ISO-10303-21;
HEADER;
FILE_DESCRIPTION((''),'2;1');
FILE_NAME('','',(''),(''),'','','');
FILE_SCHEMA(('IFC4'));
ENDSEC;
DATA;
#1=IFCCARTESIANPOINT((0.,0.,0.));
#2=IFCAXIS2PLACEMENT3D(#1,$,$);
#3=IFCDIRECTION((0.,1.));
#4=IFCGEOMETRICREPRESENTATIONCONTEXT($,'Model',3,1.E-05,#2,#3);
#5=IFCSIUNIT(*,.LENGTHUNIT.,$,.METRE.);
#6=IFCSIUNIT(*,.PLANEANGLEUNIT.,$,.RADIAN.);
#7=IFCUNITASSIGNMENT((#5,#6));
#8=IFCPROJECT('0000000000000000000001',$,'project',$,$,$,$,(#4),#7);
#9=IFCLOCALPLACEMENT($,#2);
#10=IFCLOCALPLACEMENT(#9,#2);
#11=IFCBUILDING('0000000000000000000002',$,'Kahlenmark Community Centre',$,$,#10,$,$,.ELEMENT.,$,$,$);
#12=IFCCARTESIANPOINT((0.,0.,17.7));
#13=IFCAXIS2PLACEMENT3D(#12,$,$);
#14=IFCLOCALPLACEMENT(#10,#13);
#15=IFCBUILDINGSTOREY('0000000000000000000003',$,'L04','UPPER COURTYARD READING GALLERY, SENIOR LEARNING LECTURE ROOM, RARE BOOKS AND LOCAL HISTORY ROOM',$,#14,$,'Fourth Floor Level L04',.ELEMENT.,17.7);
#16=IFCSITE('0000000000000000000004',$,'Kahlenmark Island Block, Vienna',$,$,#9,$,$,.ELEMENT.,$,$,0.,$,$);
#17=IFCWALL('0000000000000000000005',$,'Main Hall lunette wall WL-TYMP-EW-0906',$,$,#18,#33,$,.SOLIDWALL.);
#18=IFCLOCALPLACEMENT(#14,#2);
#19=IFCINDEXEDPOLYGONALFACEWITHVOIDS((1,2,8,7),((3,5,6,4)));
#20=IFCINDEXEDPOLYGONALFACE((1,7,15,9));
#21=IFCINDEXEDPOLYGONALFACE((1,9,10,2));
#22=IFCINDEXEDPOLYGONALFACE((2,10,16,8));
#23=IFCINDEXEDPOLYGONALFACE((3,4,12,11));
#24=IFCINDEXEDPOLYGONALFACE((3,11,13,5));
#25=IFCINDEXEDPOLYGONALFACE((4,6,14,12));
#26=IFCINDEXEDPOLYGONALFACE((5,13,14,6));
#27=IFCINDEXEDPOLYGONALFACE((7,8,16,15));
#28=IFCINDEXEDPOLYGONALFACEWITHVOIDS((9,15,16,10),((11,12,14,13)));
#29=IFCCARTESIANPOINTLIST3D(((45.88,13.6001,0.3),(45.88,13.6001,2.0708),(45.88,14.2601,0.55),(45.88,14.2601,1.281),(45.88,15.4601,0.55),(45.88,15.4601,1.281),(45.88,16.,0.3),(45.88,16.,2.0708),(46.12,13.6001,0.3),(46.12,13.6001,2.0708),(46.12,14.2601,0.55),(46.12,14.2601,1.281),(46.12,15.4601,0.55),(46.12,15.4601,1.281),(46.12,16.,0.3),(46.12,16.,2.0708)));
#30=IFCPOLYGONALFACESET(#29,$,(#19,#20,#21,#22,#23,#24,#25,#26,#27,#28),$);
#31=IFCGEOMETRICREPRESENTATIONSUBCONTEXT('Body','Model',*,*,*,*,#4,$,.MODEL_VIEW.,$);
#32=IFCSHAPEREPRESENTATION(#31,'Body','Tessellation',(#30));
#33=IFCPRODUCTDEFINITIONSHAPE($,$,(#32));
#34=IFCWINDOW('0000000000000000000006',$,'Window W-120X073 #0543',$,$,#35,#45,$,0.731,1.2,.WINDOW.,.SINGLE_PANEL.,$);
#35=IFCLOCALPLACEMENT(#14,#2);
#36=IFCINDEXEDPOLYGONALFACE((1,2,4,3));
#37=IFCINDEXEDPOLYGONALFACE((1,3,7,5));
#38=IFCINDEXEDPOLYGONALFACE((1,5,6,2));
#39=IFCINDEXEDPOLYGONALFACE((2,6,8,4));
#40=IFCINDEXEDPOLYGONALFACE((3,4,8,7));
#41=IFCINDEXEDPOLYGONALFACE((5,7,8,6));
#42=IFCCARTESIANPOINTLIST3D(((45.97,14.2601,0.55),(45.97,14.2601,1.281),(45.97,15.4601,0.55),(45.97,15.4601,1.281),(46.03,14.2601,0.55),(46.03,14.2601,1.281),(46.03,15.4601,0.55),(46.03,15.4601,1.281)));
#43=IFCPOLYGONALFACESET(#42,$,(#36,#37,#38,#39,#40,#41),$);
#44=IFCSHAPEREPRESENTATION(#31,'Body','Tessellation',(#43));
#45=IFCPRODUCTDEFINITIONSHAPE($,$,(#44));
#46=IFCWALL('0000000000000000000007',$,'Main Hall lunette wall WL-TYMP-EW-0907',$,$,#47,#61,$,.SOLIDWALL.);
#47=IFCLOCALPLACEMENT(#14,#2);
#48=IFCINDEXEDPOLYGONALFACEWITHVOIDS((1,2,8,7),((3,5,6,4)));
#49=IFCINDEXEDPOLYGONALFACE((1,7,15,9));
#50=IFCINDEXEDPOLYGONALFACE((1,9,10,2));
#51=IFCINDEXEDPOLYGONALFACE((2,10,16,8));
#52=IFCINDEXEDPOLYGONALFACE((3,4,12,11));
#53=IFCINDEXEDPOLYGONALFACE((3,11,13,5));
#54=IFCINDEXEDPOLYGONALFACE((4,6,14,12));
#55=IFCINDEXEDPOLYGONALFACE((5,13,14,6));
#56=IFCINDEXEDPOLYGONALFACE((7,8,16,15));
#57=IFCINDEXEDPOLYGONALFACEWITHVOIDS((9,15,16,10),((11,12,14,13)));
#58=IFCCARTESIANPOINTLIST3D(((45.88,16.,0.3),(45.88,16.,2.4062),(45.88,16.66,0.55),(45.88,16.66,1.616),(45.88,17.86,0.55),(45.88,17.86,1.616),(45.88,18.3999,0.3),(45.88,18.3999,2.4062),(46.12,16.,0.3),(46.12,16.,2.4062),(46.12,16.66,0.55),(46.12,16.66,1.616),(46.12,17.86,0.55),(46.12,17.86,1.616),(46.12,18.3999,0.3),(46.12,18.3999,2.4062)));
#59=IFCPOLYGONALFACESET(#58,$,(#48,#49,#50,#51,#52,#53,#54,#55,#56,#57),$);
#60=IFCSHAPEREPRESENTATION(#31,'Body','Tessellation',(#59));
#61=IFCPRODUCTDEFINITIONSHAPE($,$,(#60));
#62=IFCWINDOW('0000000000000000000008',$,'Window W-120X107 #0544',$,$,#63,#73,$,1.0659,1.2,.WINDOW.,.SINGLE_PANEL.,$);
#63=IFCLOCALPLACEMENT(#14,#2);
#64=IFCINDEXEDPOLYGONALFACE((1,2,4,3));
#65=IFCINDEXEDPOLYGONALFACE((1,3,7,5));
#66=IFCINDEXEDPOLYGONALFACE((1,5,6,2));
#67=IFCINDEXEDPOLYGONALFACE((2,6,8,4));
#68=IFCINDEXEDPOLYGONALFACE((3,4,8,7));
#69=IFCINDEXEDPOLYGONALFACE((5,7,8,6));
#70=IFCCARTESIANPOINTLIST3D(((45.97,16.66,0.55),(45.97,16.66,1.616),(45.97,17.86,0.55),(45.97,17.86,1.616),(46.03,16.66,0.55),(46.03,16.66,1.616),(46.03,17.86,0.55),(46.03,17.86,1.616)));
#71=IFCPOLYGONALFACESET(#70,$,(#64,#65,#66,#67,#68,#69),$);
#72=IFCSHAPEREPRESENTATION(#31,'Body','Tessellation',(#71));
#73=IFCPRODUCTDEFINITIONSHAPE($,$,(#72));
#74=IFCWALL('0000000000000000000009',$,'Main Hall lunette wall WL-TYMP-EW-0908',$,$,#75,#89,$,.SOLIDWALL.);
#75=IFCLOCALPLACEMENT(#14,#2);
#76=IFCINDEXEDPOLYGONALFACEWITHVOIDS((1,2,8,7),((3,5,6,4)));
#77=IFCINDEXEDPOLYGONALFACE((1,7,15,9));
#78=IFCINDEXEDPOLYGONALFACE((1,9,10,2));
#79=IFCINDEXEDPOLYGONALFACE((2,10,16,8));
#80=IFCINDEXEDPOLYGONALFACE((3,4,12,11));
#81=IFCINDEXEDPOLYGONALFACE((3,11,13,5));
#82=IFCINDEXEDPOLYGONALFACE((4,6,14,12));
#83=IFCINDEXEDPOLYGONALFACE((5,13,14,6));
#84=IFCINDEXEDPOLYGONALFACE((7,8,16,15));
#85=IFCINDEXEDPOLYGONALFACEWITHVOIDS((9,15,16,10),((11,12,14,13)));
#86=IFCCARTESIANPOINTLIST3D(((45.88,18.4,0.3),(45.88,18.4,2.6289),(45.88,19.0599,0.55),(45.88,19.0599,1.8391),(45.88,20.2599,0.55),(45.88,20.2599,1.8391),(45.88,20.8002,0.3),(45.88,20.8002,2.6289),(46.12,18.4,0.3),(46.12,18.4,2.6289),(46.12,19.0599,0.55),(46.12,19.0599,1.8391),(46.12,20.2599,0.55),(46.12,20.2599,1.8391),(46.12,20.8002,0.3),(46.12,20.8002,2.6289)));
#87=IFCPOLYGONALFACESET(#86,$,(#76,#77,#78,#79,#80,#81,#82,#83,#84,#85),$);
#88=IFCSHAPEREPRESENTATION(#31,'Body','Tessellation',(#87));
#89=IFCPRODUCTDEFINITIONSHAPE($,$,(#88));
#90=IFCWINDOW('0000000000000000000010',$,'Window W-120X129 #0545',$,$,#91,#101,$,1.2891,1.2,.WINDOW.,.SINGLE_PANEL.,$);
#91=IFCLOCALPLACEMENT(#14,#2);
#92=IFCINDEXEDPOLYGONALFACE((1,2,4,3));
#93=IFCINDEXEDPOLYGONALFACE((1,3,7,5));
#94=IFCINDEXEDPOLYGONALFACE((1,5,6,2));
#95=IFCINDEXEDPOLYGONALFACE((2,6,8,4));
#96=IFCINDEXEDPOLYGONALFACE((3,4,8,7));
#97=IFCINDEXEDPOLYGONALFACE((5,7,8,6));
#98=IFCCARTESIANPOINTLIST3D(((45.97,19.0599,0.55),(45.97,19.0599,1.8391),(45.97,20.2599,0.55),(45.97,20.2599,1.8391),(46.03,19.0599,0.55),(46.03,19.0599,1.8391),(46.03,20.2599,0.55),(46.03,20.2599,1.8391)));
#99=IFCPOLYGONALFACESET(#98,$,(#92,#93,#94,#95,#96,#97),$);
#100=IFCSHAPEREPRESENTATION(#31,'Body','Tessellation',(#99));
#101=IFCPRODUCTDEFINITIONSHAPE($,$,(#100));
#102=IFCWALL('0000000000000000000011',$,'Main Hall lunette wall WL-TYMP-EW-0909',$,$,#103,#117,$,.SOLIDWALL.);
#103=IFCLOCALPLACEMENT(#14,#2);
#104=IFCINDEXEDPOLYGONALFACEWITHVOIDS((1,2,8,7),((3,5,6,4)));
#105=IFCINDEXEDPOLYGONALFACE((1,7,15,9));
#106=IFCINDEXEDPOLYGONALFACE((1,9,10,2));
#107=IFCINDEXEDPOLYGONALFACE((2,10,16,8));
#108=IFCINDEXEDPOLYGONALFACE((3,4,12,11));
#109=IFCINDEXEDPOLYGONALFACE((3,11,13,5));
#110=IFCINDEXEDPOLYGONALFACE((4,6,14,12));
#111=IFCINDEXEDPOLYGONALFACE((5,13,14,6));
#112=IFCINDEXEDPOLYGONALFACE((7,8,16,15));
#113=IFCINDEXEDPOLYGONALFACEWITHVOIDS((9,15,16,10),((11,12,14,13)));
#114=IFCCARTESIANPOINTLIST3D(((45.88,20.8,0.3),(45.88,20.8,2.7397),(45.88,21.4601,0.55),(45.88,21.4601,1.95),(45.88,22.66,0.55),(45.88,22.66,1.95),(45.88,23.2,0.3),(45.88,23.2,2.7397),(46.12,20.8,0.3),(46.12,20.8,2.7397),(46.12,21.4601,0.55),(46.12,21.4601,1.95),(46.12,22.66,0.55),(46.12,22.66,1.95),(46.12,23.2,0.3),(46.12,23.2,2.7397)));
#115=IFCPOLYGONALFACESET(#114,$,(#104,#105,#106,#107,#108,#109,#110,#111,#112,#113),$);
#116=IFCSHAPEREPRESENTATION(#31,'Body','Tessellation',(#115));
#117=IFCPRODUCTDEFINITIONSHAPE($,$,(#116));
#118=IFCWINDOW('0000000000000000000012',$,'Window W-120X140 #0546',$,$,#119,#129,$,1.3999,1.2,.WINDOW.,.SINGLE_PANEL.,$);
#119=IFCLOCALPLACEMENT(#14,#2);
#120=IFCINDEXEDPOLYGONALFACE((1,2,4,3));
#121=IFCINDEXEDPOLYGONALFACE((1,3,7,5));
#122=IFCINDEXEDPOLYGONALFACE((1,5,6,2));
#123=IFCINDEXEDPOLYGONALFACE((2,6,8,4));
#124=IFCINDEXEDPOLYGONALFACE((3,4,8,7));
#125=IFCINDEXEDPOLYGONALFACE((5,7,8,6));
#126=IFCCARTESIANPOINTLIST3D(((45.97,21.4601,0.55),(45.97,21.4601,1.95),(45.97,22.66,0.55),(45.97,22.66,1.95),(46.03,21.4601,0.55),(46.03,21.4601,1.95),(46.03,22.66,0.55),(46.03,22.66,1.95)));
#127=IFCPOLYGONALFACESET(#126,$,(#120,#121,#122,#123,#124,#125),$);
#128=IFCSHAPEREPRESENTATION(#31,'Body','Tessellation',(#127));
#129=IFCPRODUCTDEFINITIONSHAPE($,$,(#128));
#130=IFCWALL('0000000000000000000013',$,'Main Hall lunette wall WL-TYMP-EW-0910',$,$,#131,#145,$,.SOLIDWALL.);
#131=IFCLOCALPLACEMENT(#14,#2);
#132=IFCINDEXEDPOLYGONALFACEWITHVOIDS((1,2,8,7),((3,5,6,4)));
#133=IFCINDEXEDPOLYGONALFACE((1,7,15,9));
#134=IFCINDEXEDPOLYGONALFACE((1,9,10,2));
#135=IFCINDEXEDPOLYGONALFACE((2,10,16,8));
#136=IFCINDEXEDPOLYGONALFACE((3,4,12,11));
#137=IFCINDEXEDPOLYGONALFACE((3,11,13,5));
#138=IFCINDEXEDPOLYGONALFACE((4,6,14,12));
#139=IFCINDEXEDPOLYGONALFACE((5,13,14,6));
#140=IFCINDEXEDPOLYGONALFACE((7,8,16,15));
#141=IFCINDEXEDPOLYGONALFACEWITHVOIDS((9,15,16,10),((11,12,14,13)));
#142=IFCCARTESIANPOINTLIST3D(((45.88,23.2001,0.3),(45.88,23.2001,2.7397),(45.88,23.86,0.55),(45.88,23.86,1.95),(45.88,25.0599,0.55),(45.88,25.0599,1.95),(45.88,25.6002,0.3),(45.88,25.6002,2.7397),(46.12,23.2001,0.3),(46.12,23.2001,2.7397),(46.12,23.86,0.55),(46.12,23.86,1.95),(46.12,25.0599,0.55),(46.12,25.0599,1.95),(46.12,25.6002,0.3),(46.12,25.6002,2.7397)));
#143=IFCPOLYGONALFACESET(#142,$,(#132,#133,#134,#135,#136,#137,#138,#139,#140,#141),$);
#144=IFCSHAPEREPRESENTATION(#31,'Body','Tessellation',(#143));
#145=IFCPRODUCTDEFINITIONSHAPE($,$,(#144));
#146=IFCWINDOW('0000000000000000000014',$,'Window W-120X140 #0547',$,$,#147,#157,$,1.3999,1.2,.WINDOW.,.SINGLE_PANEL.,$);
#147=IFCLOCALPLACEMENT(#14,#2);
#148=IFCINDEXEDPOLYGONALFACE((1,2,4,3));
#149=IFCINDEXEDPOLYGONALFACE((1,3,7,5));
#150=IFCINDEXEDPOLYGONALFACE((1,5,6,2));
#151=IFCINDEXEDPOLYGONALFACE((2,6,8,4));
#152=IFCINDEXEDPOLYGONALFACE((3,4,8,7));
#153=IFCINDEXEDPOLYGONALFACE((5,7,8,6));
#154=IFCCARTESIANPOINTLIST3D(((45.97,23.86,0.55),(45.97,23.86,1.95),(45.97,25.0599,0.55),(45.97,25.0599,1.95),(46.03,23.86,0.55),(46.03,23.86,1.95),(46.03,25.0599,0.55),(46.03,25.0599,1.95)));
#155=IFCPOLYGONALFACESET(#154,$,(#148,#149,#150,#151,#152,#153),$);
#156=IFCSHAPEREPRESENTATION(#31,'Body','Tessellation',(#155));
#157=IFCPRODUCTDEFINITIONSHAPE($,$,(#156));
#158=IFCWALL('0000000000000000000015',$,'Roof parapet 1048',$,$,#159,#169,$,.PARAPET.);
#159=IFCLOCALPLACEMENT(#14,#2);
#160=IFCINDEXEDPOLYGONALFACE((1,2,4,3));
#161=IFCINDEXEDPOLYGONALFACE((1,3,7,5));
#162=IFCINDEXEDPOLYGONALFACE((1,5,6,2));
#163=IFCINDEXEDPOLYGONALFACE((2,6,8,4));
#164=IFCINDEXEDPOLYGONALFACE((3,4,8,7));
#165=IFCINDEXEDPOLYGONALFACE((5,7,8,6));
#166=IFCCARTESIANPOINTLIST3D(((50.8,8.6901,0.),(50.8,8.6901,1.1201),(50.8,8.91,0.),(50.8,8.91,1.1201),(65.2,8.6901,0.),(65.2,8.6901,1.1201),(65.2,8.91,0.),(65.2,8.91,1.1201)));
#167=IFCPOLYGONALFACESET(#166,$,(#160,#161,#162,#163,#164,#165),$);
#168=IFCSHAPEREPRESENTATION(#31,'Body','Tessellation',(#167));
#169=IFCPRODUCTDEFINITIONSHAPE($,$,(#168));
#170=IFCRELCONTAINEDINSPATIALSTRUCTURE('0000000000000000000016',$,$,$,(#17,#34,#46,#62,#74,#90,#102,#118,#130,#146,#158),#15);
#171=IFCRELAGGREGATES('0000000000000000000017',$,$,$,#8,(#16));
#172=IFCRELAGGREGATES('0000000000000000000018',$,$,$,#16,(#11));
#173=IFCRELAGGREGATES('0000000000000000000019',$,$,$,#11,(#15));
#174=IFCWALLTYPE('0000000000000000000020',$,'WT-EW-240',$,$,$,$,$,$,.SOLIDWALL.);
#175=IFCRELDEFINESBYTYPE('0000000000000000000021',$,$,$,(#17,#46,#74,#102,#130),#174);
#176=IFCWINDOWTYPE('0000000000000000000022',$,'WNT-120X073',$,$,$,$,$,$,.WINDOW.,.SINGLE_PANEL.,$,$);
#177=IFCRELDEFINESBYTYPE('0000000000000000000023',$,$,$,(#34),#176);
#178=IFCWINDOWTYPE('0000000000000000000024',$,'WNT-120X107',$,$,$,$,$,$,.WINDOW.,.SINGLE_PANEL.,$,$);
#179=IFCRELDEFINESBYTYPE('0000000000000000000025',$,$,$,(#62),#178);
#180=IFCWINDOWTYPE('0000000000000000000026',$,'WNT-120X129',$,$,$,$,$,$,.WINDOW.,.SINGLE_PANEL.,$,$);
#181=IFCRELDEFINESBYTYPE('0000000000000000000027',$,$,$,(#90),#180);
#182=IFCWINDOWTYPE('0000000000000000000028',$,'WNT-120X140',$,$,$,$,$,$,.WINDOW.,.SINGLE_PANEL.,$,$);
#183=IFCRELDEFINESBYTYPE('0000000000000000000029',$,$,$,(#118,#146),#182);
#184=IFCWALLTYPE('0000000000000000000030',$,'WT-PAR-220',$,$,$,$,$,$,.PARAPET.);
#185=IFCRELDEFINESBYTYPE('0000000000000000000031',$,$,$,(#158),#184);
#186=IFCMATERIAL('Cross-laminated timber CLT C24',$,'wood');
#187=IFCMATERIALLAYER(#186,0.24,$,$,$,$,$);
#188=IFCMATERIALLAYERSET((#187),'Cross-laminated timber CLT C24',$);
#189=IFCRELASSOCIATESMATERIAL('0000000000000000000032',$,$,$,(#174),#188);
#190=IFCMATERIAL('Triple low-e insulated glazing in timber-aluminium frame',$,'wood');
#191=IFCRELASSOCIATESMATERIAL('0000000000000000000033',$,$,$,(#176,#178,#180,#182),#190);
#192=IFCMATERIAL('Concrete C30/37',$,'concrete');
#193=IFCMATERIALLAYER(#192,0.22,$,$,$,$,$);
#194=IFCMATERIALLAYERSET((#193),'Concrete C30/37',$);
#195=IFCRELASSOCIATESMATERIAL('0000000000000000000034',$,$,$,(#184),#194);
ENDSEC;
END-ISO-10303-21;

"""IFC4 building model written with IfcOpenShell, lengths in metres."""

from ifc_helpers import new_model, si_unit, direction, frame, frame_2d, origin, place, context, subcontext, project, spatial, rectangle, extrude, material, layer, layer_set, type_object, element, fill, save


model = new_model("IFC4")

# Units and contexts
model_context = context("Model", 3, precision=1e-05, world=origin(), true_north=direction((0.0, 1.0)))
body_context = subcontext(model_context, "Body", "Model", "MODEL_VIEW")
ifc_project = project(units=[si_unit("LENGTHUNIT", "METRE"), si_unit("PLANEANGLEUNIT", "RADIAN")], contexts=[model_context])

# Site, building, storey
site_placement = place(None, origin())
site = spatial("IfcSite", under=ifc_project, at=site_placement, Name="Kahlenmark Island Block, Vienna", CompositionType="ELEMENT", RefElevation=0.0)
building_placement = place(site_placement, origin())
building = spatial("IfcBuilding", under=site, at=building_placement, Name="Kahlenmark Community Centre", CompositionType="ELEMENT")
storey_placement = place(building_placement, frame((0.0, 0.0, 17.7)))
storey = spatial("IfcBuildingStorey", under=building, at=storey_placement, Name="L04", Description="UPPER COURTYARD READING GALLERY, SENIOR LEARNING LECTURE ROOM, RARE BOOKS AND LOCAL HISTORY ROOM", LongName="Fourth Floor Level L04", CompositionType="ELEMENT", Elevation=17.7)

# Shared definitions
ifc_material_1 = material(Name="Cross-laminated timber CLT C24", Category="wood")
ifc_layer_1 = layer(ifc_material_1, 0.24)
ifc_layer_set_1 = layer_set([ifc_layer_1], Name="Cross-laminated timber CLT C24")
wall_type_1 = type_object("IfcWallType", Name="WT-EW-240", PredefinedType="SOLIDWALL", material=ifc_layer_set_1)

# Walls, openings, windows
wall_1_placement = place(storey_placement, frame((46.0, 13.6001, 0.3), z_axis=(0.0, 0.0, 1.0), x_axis=(0.0, 1.0, 0.0)))
wall_1 = element("IfcWall", 1, at=wall_1_placement, inside=storey, type_object=wall_type_1, Name="Main Hall lunette wall WL-TYMP-EW-0906", PredefinedType="SOLIDWALL", context=body_context, shape_type="SweptSolid", body=[
    extrude(rectangle(XDim=2.3999, YDim=0.24, at=frame_2d((1.2, 0.0))), origin(), (0.0, 0.0, 1.0), 1.7708),
])
opening_1_placement = place(wall_1_placement, frame((0.6599, 0.0, 0.25)))
opening_1 = element("IfcOpeningElement", 2, at=opening_1_placement, cuts=wall_1, PredefinedType="OPENING", context=body_context, shape_type="SweptSolid", body=[
    extrude(rectangle(XDim=1.2, YDim=0.731, at=frame_2d((0.6001, 0.3655))), frame((0.0, 0.1299, 0.0), z_axis=(0.0, -1.0, 0.0), x_axis=(1.0, 0.0, 0.0)), (0.0, 0.0, 1.0), 0.26),
])
ifc_material_2 = material(Name="Triple low-e insulated glazing in timber-aluminium frame", Category="wood")
window_type_1 = type_object("IfcWindowType", Name="WNT-120X073", PartitioningType="SINGLE_PANEL", PredefinedType="WINDOW", material=ifc_material_2)
window_1_placement = place(opening_1_placement, origin())
window_1 = element("IfcWindow", 3, at=window_1_placement, inside=storey, type_object=window_type_1, Name="Window W-120X073 #0543", OverallHeight=0.731, OverallWidth=1.2, PartitioningType="SINGLE_PANEL", PredefinedType="WINDOW", context=body_context, shape_type="SweptSolid", body=[
    extrude(rectangle(XDim=1.2, YDim=0.731, at=frame_2d((0.6001, 0.3655))), frame((0.0, 0.03, 0.0), z_axis=(0.0, -1.0, 0.0), x_axis=(1.0, 0.0, 0.0)), (0.0, 0.0, 1.0), 0.0601),
])
fill(opening_1, window_1)
wall_2_placement = place(storey_placement, frame((46.0, 16.0, 0.3), z_axis=(0.0, 0.0, 1.0), x_axis=(0.0, 1.0, 0.0)))
wall_2 = element("IfcWall", 4, at=wall_2_placement, inside=storey, type_object=wall_type_1, Name="Main Hall lunette wall WL-TYMP-EW-0907", PredefinedType="SOLIDWALL", context=body_context, shape_type="SweptSolid", body=[
    extrude(rectangle(XDim=2.3999, YDim=0.24, at=frame_2d((1.2, 0.0))), origin(), (0.0, 0.0, 1.0), 2.1062),
])
opening_2_placement = place(wall_2_placement, frame((0.6599, 0.0, 0.25)))
opening_2 = element("IfcOpeningElement", 5, at=opening_2_placement, cuts=wall_2, PredefinedType="OPENING", context=body_context, shape_type="SweptSolid", body=[
    extrude(rectangle(XDim=1.2, YDim=1.0659, at=frame_2d((0.6001, 0.533))), frame((0.0, 0.1299, 0.0), z_axis=(0.0, -1.0, 0.0), x_axis=(1.0, 0.0, 0.0)), (0.0, 0.0, 1.0), 0.26),
])
window_type_2 = type_object("IfcWindowType", Name="WNT-120X107", PartitioningType="SINGLE_PANEL", PredefinedType="WINDOW", material=ifc_material_2)
window_2_placement = place(opening_2_placement, origin())
window_2 = element("IfcWindow", 6, at=window_2_placement, inside=storey, type_object=window_type_2, Name="Window W-120X107 #0544", OverallHeight=1.0659, OverallWidth=1.2, PartitioningType="SINGLE_PANEL", PredefinedType="WINDOW", context=body_context, shape_type="SweptSolid", body=[
    extrude(rectangle(XDim=1.2, YDim=1.0659, at=frame_2d((0.6001, 0.533))), frame((0.0, 0.03, 0.0), z_axis=(0.0, -1.0, 0.0), x_axis=(1.0, 0.0, 0.0)), (0.0, 0.0, 1.0), 0.0601),
])
fill(opening_2, window_2)
wall_3_placement = place(storey_placement, frame((46.0, 18.3999, 0.3), z_axis=(0.0, 0.0, 1.0), x_axis=(0.0, 1.0, 0.0)))
wall_3 = element("IfcWall", 7, at=wall_3_placement, inside=storey, type_object=wall_type_1, Name="Main Hall lunette wall WL-TYMP-EW-0908", PredefinedType="SOLIDWALL", context=body_context, shape_type="SweptSolid", body=[
    extrude(rectangle(XDim=2.4001, YDim=0.24, at=frame_2d((1.2002, 0.0))), origin(), (0.0, 0.0, 1.0), 2.3289),
])
opening_3_placement = place(wall_3_placement, frame((0.6599, 0.0, 0.25)))
opening_3 = element("IfcOpeningElement", 8, at=opening_3_placement, cuts=wall_3, PredefinedType="OPENING", context=body_context, shape_type="SweptSolid", body=[
    extrude(rectangle(XDim=1.2, YDim=1.2891, at=frame_2d((0.6001, 0.6445))), frame((0.0, 0.1299, 0.0), z_axis=(0.0, -1.0, 0.0), x_axis=(1.0, 0.0, 0.0)), (0.0, 0.0, 1.0), 0.26),
])
window_type_3 = type_object("IfcWindowType", Name="WNT-120X129", PartitioningType="SINGLE_PANEL", PredefinedType="WINDOW", material=ifc_material_2)
window_3_placement = place(opening_3_placement, origin())
window_3 = element("IfcWindow", 9, at=window_3_placement, inside=storey, type_object=window_type_3, Name="Window W-120X129 #0545", OverallHeight=1.2891, OverallWidth=1.2, PartitioningType="SINGLE_PANEL", PredefinedType="WINDOW", context=body_context, shape_type="SweptSolid", body=[
    extrude(rectangle(XDim=1.2, YDim=1.2891, at=frame_2d((0.6001, 0.6445))), frame((0.0, 0.03, 0.0), z_axis=(0.0, -1.0, 0.0), x_axis=(1.0, 0.0, 0.0)), (0.0, 0.0, 1.0), 0.0601),
])
fill(opening_3, window_3)
wall_4_placement = place(storey_placement, frame((46.0, 20.8, 0.3), z_axis=(0.0, 0.0, 1.0), x_axis=(0.0, 1.0, 0.0)))
wall_4 = element("IfcWall", 10, at=wall_4_placement, inside=storey, type_object=wall_type_1, Name="Main Hall lunette wall WL-TYMP-EW-0909", PredefinedType="SOLIDWALL", context=body_context, shape_type="SweptSolid", body=[
    extrude(rectangle(XDim=2.3999, YDim=0.24, at=frame_2d((1.2, 0.0))), origin(), (0.0, 0.0, 1.0), 2.4397),
])
opening_4_placement = place(wall_4_placement, frame((0.6599, 0.0, 0.25)))
opening_4 = element("IfcOpeningElement", 11, at=opening_4_placement, cuts=wall_4, PredefinedType="OPENING", context=body_context, shape_type="SweptSolid", body=[
    extrude(rectangle(XDim=1.2, YDim=1.3999, at=frame_2d((0.6001, 0.7))), frame((0.0, 0.1299, 0.0), z_axis=(0.0, -1.0, 0.0), x_axis=(1.0, 0.0, 0.0)), (0.0, 0.0, 1.0), 0.26),
])
window_type_4 = type_object("IfcWindowType", Name="WNT-120X140", PartitioningType="SINGLE_PANEL", PredefinedType="WINDOW", material=ifc_material_2)
window_4_placement = place(opening_4_placement, origin())
window_4 = element("IfcWindow", 12, at=window_4_placement, inside=storey, type_object=window_type_4, Name="Window W-120X140 #0546", OverallHeight=1.3999, OverallWidth=1.2, PartitioningType="SINGLE_PANEL", PredefinedType="WINDOW", context=body_context, shape_type="SweptSolid", body=[
    extrude(rectangle(XDim=1.2, YDim=1.3999, at=frame_2d((0.6001, 0.7))), frame((0.0, 0.03, 0.0), z_axis=(0.0, -1.0, 0.0), x_axis=(1.0, 0.0, 0.0)), (0.0, 0.0, 1.0), 0.0601),
])
fill(opening_4, window_4)
wall_5_placement = place(storey_placement, frame((46.0, 23.2, 0.3), z_axis=(0.0, 0.0, 1.0), x_axis=(0.0, 1.0, 0.0)))
wall_5 = element("IfcWall", 13, at=wall_5_placement, inside=storey, type_object=wall_type_1, Name="Main Hall lunette wall WL-TYMP-EW-0910", PredefinedType="SOLIDWALL", context=body_context, shape_type="SweptSolid", body=[
    extrude(rectangle(XDim=2.4001, YDim=0.24, at=frame_2d((1.2002, 0.0))), origin(), (0.0, 0.0, 1.0), 2.4397),
])
opening_5_placement = place(wall_5_placement, frame((0.6599, 0.0, 0.25)))
opening_5 = element("IfcOpeningElement", 14, at=opening_5_placement, cuts=wall_5, PredefinedType="OPENING", context=body_context, shape_type="SweptSolid", body=[
    extrude(rectangle(XDim=1.2, YDim=1.3999, at=frame_2d((0.6001, 0.7))), frame((0.0, 0.1299, 0.0), z_axis=(0.0, -1.0, 0.0), x_axis=(1.0, 0.0, 0.0)), (0.0, 0.0, 1.0), 0.26),
])
window_5_placement = place(opening_5_placement, origin())
window_5 = element("IfcWindow", 15, at=window_5_placement, inside=storey, type_object=window_type_4, Name="Window W-120X140 #0547", OverallHeight=1.3999, OverallWidth=1.2, PartitioningType="SINGLE_PANEL", PredefinedType="WINDOW", context=body_context, shape_type="SweptSolid", body=[
    extrude(rectangle(XDim=1.2, YDim=1.3999, at=frame_2d((0.6001, 0.7))), frame((0.0, 0.03, 0.0), z_axis=(0.0, -1.0, 0.0), x_axis=(1.0, 0.0, 0.0)), (0.0, 0.0, 1.0), 0.0601),
])
fill(opening_5, window_5)

# Wall
ifc_material_3 = material(Name="Concrete C30/37", Category="concrete")
ifc_layer_2 = layer(ifc_material_3, 0.22)
ifc_layer_set_2 = layer_set([ifc_layer_2], Name="Concrete C30/37")
wall_type_2 = type_object("IfcWallType", Name="WT-PAR-220", PredefinedType="PARAPET", material=ifc_layer_set_2)
for number, where, z_axis, x_axis, name in (
    (16, (50.8, 8.8, 0.0), (0.0, 0.0, 1.0), (1.0, 0.0, 0.0), "Roof parapet 1048"),
):
    element("IfcWall", number, at=place(storey_placement, frame(where, z_axis=z_axis, x_axis=x_axis)), inside=storey, type_object=wall_type_2, Name=name, PredefinedType="PARAPET", context=body_context, shape_type="SweptSolid", body=[
        extrude(rectangle(XDim=14.3999, YDim=0.22, at=frame_2d((7.2, 0.0))), origin(), (0.0, 0.0, 1.0), 1.1201),
    ])

save(model, "model.ifc")
